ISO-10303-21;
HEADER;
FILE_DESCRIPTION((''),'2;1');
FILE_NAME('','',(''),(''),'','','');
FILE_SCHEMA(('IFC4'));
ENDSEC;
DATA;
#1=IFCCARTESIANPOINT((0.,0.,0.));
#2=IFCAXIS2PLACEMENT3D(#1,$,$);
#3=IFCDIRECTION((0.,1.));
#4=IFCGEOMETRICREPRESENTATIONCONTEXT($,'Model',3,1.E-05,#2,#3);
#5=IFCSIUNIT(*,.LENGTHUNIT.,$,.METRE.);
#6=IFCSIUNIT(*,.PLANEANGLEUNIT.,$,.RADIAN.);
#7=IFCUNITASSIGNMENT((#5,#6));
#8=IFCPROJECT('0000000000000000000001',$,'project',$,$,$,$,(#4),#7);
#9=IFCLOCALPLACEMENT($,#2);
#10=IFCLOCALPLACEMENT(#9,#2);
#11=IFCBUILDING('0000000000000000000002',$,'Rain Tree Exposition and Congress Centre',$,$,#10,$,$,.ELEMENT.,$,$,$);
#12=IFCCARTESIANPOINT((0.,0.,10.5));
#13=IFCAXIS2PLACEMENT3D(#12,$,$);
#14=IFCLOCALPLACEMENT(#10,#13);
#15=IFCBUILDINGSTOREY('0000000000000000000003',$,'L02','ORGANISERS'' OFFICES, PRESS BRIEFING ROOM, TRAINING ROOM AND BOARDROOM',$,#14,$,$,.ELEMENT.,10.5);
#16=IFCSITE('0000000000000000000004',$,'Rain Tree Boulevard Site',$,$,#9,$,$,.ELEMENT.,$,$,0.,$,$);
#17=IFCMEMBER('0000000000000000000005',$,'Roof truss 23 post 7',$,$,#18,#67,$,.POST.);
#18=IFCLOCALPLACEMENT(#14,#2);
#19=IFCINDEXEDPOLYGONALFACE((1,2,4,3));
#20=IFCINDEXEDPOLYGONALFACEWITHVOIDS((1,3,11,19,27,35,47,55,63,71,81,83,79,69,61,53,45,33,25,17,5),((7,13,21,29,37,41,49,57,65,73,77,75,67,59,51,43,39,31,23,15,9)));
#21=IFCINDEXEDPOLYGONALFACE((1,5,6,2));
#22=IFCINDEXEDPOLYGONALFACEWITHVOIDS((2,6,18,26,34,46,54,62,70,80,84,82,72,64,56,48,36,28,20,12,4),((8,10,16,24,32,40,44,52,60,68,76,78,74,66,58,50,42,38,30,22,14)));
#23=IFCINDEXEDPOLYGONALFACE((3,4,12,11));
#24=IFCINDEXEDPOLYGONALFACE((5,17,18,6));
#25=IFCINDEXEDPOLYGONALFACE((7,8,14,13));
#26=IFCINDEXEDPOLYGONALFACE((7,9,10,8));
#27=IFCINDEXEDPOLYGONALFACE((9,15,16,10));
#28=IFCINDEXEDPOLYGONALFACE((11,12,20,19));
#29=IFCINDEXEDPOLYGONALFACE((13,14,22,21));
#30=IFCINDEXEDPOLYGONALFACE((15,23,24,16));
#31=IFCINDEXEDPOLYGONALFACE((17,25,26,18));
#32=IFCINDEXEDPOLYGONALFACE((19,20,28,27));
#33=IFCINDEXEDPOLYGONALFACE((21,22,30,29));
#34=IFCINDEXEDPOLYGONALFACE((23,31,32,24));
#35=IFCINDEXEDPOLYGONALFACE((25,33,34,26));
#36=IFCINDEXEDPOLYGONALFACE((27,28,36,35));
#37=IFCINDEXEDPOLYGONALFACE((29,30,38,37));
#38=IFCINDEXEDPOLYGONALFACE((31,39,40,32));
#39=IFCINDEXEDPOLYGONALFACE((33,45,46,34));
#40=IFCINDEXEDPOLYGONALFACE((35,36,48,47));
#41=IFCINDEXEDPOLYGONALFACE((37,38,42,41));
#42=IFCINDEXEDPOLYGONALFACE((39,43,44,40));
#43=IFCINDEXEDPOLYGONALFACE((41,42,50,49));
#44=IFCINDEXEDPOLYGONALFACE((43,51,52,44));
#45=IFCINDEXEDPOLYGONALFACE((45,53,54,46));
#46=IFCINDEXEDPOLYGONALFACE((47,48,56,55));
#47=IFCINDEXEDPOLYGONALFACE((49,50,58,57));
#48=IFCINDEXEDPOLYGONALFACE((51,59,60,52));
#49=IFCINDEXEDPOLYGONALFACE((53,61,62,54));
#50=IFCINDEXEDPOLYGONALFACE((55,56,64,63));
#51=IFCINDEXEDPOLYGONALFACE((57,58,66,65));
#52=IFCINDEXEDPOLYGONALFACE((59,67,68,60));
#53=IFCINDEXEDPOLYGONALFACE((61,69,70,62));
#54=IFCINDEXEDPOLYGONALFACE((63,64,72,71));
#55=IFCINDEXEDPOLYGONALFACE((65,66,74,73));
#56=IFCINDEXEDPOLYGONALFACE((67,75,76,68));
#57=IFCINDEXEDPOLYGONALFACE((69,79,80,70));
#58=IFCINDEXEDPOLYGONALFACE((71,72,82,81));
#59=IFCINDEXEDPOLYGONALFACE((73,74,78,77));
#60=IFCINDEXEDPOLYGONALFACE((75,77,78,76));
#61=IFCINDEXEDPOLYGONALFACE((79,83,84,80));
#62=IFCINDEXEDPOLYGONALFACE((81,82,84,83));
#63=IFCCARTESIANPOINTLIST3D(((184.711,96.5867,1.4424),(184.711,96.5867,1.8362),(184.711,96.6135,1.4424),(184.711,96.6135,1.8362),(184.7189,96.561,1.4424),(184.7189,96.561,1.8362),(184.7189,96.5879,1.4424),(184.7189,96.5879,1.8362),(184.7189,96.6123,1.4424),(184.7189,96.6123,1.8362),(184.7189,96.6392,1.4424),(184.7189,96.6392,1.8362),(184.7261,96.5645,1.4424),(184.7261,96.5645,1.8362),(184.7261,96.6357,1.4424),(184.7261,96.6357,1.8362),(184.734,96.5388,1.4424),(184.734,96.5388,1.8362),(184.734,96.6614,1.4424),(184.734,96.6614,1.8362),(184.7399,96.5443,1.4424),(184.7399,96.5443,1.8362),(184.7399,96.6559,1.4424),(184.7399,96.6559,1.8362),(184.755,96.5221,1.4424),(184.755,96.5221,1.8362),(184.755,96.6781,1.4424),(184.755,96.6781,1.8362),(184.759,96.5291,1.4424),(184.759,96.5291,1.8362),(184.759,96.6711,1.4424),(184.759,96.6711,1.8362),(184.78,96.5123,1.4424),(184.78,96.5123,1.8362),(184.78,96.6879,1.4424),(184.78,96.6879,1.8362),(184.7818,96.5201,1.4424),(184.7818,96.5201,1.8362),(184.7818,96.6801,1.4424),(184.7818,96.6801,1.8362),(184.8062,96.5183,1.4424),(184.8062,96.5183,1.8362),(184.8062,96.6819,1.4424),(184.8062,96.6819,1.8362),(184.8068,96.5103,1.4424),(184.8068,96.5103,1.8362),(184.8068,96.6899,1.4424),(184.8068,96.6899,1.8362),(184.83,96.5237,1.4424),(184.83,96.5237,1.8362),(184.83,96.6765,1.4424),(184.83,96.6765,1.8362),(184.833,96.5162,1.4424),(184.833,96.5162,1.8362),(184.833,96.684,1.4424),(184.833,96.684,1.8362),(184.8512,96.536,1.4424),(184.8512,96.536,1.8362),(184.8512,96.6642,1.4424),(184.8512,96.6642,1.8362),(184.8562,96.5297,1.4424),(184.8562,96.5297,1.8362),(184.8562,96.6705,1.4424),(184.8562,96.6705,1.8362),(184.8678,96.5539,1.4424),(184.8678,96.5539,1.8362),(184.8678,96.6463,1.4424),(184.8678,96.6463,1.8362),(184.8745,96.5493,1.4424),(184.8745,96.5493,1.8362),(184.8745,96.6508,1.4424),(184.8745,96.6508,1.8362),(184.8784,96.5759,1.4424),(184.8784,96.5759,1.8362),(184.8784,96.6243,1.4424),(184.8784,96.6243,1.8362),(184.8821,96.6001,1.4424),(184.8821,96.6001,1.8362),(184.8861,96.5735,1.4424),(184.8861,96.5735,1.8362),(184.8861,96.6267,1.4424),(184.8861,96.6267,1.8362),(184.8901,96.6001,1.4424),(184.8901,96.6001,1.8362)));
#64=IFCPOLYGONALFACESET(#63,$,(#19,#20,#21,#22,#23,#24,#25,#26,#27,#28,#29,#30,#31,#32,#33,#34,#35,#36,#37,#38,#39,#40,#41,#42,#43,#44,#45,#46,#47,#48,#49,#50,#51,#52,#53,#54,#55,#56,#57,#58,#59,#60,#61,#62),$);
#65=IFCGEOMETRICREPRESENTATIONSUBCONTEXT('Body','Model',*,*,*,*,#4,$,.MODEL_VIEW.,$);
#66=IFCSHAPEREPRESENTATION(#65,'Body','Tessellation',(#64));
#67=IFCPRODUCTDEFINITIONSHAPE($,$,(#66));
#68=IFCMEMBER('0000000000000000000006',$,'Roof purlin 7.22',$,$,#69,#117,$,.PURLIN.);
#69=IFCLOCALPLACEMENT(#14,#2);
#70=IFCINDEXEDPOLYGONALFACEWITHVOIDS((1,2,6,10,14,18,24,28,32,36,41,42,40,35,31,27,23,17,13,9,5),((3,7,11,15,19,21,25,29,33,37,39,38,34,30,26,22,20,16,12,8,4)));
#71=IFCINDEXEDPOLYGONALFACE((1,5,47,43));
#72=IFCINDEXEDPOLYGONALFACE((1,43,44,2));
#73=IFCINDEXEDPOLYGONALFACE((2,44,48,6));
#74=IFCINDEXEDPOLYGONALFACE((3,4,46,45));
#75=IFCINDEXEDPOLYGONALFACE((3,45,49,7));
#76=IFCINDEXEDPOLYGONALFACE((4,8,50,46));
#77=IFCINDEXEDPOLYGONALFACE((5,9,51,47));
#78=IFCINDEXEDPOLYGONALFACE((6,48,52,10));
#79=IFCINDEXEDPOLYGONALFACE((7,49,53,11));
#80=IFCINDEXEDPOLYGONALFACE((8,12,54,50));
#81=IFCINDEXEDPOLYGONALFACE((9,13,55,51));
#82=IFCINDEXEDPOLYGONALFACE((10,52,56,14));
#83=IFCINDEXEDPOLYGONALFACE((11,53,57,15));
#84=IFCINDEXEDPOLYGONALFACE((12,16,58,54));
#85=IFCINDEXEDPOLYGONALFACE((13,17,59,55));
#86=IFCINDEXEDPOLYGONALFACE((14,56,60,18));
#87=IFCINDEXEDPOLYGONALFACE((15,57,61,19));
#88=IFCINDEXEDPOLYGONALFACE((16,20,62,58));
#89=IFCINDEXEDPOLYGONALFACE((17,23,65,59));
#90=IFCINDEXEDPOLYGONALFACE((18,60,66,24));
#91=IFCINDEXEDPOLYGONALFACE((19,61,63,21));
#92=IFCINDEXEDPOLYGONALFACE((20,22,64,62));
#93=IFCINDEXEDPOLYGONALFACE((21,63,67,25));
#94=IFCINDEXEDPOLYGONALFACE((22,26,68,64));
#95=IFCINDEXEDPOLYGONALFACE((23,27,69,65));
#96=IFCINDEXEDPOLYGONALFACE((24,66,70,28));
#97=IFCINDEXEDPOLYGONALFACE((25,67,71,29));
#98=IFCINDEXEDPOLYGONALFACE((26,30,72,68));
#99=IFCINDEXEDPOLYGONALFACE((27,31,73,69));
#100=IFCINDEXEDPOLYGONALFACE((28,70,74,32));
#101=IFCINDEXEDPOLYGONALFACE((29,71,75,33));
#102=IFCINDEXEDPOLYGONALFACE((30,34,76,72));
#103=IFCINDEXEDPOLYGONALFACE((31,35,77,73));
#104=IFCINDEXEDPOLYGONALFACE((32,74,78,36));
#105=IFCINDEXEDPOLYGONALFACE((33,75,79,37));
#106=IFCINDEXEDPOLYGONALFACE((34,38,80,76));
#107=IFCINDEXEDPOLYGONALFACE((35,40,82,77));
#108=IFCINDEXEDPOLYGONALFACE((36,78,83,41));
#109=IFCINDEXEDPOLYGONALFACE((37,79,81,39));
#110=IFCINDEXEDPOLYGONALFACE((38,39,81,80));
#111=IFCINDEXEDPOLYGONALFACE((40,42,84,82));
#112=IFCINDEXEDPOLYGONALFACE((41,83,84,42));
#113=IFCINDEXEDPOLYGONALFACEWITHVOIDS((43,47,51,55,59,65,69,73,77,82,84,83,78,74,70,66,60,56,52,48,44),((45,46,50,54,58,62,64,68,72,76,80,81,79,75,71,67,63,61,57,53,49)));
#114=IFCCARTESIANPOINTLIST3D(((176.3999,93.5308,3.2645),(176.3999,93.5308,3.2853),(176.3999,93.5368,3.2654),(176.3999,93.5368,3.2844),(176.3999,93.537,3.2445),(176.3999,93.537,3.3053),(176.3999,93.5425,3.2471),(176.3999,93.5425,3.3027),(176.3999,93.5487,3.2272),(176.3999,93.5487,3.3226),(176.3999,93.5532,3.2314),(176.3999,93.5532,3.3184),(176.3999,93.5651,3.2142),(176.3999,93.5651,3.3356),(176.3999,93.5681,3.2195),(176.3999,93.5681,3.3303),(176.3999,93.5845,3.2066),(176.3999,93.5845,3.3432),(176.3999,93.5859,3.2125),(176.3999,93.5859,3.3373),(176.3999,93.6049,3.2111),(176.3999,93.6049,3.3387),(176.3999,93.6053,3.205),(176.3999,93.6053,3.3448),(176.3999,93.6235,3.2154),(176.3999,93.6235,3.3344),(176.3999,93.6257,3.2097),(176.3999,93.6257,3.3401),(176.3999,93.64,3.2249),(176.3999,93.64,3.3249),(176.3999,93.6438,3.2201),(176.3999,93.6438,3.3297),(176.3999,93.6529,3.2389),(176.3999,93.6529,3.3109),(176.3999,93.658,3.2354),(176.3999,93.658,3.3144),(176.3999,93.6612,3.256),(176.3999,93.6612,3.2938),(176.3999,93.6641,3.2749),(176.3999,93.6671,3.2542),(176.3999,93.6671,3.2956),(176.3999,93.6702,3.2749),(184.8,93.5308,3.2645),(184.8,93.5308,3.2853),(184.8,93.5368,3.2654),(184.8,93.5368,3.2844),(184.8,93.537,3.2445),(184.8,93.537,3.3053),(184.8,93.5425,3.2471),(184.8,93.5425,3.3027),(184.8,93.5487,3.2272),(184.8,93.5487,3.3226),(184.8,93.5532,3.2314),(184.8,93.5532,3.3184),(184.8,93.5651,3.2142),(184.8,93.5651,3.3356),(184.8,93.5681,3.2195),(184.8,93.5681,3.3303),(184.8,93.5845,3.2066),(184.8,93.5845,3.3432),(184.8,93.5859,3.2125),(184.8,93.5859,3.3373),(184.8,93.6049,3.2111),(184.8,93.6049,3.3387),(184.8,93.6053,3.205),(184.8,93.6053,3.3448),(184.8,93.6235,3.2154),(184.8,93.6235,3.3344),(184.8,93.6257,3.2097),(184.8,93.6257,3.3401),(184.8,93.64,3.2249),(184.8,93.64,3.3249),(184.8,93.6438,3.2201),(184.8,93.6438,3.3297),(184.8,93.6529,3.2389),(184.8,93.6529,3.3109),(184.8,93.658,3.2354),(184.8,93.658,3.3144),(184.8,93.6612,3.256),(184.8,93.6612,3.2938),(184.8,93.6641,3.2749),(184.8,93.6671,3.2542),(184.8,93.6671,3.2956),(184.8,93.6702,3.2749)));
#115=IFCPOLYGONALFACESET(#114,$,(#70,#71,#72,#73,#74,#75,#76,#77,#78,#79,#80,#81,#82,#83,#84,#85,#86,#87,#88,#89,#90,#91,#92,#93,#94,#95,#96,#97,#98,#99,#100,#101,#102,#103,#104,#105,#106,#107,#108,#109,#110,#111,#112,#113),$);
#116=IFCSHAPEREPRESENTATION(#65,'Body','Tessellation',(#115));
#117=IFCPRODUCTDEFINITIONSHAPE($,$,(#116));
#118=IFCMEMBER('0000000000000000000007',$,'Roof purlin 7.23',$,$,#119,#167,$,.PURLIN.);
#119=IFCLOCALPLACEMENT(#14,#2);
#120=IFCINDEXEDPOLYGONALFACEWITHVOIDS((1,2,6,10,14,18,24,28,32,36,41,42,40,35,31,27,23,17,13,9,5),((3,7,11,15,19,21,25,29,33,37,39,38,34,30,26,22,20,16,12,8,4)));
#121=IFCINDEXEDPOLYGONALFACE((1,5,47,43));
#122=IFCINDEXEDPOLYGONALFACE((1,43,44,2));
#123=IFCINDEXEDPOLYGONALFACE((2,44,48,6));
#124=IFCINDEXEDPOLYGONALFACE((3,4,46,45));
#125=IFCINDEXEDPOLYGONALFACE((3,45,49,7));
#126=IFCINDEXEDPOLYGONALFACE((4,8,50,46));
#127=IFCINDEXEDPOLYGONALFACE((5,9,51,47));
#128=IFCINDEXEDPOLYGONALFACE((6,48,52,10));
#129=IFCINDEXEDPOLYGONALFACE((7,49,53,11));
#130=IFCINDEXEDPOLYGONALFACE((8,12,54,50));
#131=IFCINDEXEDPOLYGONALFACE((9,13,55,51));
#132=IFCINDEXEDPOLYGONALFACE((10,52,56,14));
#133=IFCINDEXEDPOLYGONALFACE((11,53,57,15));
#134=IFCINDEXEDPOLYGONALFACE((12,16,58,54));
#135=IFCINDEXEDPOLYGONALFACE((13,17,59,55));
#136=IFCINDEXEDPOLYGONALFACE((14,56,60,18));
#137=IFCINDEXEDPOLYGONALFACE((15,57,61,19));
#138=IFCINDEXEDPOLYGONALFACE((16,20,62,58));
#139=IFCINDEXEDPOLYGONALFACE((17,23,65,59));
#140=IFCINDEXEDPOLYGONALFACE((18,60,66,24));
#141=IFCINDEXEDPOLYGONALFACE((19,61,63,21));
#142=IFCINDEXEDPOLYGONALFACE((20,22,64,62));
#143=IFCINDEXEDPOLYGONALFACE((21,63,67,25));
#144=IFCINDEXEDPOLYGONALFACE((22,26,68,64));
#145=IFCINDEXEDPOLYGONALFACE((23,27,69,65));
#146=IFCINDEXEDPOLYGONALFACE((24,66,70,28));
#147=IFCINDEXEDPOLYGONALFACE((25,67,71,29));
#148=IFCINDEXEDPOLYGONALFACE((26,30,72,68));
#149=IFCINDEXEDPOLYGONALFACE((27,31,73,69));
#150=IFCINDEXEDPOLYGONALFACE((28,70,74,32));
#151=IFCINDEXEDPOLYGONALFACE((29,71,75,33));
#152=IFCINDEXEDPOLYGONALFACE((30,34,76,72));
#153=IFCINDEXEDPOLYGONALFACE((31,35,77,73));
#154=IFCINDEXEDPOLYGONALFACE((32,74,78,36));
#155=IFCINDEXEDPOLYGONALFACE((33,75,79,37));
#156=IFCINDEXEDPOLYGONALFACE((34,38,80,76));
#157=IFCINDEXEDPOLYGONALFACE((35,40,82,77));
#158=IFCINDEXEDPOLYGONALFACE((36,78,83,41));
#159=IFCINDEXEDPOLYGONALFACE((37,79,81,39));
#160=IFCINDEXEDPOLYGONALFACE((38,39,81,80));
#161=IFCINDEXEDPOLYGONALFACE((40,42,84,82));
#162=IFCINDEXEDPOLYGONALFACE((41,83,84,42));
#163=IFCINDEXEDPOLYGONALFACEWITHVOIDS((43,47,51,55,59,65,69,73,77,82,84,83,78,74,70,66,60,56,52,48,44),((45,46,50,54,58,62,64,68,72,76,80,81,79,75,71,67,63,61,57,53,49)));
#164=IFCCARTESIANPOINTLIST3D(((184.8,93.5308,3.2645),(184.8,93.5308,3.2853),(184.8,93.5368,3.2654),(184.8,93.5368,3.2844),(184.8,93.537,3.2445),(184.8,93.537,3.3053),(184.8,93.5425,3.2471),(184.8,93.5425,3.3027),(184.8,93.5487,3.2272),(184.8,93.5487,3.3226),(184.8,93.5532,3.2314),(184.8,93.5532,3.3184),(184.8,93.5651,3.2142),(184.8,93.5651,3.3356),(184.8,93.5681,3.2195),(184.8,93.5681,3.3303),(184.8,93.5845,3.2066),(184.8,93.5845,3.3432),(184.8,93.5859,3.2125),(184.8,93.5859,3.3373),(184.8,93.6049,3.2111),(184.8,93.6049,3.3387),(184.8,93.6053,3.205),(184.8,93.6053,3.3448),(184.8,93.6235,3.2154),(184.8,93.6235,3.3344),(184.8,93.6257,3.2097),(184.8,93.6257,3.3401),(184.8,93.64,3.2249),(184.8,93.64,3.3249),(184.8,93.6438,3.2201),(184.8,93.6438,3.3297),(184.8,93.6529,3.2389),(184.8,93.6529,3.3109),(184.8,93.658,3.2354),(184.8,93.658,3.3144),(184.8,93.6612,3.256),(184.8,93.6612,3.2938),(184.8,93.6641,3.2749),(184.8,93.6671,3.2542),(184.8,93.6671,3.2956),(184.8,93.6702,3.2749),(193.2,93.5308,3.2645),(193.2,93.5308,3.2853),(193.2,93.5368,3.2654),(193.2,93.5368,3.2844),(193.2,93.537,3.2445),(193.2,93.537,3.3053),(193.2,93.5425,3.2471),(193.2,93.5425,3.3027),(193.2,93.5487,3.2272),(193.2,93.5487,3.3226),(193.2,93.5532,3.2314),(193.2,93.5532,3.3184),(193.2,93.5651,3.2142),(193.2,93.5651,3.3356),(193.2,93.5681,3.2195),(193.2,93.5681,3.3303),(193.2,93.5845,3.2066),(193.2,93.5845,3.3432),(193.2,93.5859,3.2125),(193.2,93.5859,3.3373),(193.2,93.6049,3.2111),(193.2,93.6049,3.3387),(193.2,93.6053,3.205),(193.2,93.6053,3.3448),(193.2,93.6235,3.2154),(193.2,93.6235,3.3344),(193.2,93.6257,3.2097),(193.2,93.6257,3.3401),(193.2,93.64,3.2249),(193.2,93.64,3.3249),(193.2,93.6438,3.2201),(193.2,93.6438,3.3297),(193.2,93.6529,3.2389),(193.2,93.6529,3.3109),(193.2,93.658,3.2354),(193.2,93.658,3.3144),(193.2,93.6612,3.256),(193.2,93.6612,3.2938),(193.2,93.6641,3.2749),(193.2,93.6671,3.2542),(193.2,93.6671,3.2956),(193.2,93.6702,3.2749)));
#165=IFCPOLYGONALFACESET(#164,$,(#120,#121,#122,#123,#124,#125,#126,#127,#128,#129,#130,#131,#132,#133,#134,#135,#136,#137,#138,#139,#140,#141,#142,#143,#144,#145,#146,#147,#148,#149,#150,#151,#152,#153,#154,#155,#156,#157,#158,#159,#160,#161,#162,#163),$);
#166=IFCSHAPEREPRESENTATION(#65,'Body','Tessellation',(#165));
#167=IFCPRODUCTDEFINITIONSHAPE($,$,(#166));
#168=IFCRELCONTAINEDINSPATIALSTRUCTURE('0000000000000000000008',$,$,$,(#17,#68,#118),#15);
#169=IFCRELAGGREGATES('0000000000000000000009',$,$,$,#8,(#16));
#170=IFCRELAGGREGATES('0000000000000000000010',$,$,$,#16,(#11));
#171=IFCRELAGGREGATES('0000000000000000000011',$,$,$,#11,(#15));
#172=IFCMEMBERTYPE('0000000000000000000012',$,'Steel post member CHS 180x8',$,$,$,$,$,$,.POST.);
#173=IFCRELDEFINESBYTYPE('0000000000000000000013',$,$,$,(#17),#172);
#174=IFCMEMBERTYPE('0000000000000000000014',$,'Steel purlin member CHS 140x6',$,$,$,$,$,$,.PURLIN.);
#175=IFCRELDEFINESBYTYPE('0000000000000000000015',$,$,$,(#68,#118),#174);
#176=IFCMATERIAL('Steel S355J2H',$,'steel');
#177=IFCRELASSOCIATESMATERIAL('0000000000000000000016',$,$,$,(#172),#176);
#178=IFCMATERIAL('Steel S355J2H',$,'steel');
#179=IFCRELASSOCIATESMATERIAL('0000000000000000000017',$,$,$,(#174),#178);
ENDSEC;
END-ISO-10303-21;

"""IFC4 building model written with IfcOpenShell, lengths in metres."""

from ifc_helpers import new_model, si_unit, direction, frame, origin, origin_2d, place, context, subcontext, project, spatial, hollow_circle, extrude, material, material_profile, profile_set, type_object, element, save


model = new_model("IFC4")

# Units and contexts
model_context = context("Model", 3, precision=1e-05, world=origin(), true_north=direction((0.0, 1.0)))
body_context = subcontext(model_context, "Body", "Model", "MODEL_VIEW")
ifc_project = project(units=[si_unit("LENGTHUNIT", "METRE"), si_unit("PLANEANGLEUNIT", "RADIAN")], contexts=[model_context])

# Site, building, storey
site_placement = place(None, origin())
site = spatial("IfcSite", under=ifc_project, at=site_placement, Name="Rain Tree Boulevard Site", CompositionType="ELEMENT", RefElevation=0.0)
building_placement = place(site_placement, origin())
building = spatial("IfcBuilding", under=site, at=building_placement, Name="Rain Tree Exposition and Congress Centre", CompositionType="ELEMENT")
storey_placement = place(building_placement, frame((0.0, 0.0, 10.5)))
storey = spatial("IfcBuildingStorey", under=building, at=storey_placement, Name="L02", Description="ORGANISERS' OFFICES, PRESS BRIEFING ROOM, TRAINING ROOM AND BOARDROOM", CompositionType="ELEMENT", Elevation=10.5)

# Members
ifc_material_1 = material(Name="Steel S355J2H", Category="steel")
ifc_material_profile_1 = material_profile(ifc_material_1, hollow_circle(Radius=0.0901, WallThickness=0.0081, at=origin_2d()), Name="CHS 180x8")
ifc_profile_set_1 = profile_set([ifc_material_profile_1], Name="Steel S355J2H")
member_type_1 = type_object("IfcMemberType", Name="Steel post member CHS 180x8", PredefinedType="POST", material=ifc_profile_set_1)
member_1_placement = place(storey_placement, frame((184.8, 96.6001, 1.4424), z_axis=(0.0, 0.0, 1.0), x_axis=(1.0, 0.0, 0.0)))
element("IfcMember", 1, at=member_1_placement, inside=storey, type_object=member_type_1, Name="Roof truss 23 post 7", PredefinedType="POST", context=body_context, shape_type="SweptSolid", body=[
    extrude(hollow_circle(Radius=0.0901, WallThickness=0.0081, at=origin_2d()), origin(), (0.0, 0.0, 1.0), 0.3938),
])
ifc_material_2 = material(Name="Steel S355J2H", Category="steel")
ifc_material_profile_2 = material_profile(ifc_material_2, hollow_circle(Radius=0.0701, WallThickness=0.0061, at=origin_2d()), Name="CHS 140x6")
ifc_profile_set_2 = profile_set([ifc_material_profile_2], Name="Steel S355J2H")
member_type_2 = type_object("IfcMemberType", Name="Steel purlin member CHS 140x6", PredefinedType="PURLIN", material=ifc_profile_set_2)
member_2_placement = place(storey_placement, frame((176.3999, 93.6001, 3.2749), z_axis=(1.0, 0.0, 0.0), x_axis=(0.0, 1.0, 0.0)))
element("IfcMember", 2, at=member_2_placement, inside=storey, type_object=member_type_2, Name="Roof purlin 7.22", PredefinedType="PURLIN", context=body_context, shape_type="SweptSolid", body=[
    extrude(hollow_circle(Radius=0.0701, WallThickness=0.0061, at=origin_2d()), origin(), (0.0, 0.0, 1.0), 8.4001),
])
for number, where, z_axis, x_axis, name in (
    (3, (184.8, 93.6001, 3.2749), (1.0, 0.0, 0.0), (0.0, 1.0, 0.0), "Roof purlin 7.23"),
):
    element("IfcMember", number, at=place(storey_placement, frame(where, z_axis=z_axis, x_axis=x_axis)), inside=storey, type_object=member_type_2, Name=name, PredefinedType="PURLIN", context=body_context, shape_type="SweptSolid", body=[
        extrude(hollow_circle(Radius=0.0701, WallThickness=0.0061, at=origin_2d()), origin(), (0.0, 0.0, 1.0), 8.3999),
    ])

save(model, "model.ifc")
